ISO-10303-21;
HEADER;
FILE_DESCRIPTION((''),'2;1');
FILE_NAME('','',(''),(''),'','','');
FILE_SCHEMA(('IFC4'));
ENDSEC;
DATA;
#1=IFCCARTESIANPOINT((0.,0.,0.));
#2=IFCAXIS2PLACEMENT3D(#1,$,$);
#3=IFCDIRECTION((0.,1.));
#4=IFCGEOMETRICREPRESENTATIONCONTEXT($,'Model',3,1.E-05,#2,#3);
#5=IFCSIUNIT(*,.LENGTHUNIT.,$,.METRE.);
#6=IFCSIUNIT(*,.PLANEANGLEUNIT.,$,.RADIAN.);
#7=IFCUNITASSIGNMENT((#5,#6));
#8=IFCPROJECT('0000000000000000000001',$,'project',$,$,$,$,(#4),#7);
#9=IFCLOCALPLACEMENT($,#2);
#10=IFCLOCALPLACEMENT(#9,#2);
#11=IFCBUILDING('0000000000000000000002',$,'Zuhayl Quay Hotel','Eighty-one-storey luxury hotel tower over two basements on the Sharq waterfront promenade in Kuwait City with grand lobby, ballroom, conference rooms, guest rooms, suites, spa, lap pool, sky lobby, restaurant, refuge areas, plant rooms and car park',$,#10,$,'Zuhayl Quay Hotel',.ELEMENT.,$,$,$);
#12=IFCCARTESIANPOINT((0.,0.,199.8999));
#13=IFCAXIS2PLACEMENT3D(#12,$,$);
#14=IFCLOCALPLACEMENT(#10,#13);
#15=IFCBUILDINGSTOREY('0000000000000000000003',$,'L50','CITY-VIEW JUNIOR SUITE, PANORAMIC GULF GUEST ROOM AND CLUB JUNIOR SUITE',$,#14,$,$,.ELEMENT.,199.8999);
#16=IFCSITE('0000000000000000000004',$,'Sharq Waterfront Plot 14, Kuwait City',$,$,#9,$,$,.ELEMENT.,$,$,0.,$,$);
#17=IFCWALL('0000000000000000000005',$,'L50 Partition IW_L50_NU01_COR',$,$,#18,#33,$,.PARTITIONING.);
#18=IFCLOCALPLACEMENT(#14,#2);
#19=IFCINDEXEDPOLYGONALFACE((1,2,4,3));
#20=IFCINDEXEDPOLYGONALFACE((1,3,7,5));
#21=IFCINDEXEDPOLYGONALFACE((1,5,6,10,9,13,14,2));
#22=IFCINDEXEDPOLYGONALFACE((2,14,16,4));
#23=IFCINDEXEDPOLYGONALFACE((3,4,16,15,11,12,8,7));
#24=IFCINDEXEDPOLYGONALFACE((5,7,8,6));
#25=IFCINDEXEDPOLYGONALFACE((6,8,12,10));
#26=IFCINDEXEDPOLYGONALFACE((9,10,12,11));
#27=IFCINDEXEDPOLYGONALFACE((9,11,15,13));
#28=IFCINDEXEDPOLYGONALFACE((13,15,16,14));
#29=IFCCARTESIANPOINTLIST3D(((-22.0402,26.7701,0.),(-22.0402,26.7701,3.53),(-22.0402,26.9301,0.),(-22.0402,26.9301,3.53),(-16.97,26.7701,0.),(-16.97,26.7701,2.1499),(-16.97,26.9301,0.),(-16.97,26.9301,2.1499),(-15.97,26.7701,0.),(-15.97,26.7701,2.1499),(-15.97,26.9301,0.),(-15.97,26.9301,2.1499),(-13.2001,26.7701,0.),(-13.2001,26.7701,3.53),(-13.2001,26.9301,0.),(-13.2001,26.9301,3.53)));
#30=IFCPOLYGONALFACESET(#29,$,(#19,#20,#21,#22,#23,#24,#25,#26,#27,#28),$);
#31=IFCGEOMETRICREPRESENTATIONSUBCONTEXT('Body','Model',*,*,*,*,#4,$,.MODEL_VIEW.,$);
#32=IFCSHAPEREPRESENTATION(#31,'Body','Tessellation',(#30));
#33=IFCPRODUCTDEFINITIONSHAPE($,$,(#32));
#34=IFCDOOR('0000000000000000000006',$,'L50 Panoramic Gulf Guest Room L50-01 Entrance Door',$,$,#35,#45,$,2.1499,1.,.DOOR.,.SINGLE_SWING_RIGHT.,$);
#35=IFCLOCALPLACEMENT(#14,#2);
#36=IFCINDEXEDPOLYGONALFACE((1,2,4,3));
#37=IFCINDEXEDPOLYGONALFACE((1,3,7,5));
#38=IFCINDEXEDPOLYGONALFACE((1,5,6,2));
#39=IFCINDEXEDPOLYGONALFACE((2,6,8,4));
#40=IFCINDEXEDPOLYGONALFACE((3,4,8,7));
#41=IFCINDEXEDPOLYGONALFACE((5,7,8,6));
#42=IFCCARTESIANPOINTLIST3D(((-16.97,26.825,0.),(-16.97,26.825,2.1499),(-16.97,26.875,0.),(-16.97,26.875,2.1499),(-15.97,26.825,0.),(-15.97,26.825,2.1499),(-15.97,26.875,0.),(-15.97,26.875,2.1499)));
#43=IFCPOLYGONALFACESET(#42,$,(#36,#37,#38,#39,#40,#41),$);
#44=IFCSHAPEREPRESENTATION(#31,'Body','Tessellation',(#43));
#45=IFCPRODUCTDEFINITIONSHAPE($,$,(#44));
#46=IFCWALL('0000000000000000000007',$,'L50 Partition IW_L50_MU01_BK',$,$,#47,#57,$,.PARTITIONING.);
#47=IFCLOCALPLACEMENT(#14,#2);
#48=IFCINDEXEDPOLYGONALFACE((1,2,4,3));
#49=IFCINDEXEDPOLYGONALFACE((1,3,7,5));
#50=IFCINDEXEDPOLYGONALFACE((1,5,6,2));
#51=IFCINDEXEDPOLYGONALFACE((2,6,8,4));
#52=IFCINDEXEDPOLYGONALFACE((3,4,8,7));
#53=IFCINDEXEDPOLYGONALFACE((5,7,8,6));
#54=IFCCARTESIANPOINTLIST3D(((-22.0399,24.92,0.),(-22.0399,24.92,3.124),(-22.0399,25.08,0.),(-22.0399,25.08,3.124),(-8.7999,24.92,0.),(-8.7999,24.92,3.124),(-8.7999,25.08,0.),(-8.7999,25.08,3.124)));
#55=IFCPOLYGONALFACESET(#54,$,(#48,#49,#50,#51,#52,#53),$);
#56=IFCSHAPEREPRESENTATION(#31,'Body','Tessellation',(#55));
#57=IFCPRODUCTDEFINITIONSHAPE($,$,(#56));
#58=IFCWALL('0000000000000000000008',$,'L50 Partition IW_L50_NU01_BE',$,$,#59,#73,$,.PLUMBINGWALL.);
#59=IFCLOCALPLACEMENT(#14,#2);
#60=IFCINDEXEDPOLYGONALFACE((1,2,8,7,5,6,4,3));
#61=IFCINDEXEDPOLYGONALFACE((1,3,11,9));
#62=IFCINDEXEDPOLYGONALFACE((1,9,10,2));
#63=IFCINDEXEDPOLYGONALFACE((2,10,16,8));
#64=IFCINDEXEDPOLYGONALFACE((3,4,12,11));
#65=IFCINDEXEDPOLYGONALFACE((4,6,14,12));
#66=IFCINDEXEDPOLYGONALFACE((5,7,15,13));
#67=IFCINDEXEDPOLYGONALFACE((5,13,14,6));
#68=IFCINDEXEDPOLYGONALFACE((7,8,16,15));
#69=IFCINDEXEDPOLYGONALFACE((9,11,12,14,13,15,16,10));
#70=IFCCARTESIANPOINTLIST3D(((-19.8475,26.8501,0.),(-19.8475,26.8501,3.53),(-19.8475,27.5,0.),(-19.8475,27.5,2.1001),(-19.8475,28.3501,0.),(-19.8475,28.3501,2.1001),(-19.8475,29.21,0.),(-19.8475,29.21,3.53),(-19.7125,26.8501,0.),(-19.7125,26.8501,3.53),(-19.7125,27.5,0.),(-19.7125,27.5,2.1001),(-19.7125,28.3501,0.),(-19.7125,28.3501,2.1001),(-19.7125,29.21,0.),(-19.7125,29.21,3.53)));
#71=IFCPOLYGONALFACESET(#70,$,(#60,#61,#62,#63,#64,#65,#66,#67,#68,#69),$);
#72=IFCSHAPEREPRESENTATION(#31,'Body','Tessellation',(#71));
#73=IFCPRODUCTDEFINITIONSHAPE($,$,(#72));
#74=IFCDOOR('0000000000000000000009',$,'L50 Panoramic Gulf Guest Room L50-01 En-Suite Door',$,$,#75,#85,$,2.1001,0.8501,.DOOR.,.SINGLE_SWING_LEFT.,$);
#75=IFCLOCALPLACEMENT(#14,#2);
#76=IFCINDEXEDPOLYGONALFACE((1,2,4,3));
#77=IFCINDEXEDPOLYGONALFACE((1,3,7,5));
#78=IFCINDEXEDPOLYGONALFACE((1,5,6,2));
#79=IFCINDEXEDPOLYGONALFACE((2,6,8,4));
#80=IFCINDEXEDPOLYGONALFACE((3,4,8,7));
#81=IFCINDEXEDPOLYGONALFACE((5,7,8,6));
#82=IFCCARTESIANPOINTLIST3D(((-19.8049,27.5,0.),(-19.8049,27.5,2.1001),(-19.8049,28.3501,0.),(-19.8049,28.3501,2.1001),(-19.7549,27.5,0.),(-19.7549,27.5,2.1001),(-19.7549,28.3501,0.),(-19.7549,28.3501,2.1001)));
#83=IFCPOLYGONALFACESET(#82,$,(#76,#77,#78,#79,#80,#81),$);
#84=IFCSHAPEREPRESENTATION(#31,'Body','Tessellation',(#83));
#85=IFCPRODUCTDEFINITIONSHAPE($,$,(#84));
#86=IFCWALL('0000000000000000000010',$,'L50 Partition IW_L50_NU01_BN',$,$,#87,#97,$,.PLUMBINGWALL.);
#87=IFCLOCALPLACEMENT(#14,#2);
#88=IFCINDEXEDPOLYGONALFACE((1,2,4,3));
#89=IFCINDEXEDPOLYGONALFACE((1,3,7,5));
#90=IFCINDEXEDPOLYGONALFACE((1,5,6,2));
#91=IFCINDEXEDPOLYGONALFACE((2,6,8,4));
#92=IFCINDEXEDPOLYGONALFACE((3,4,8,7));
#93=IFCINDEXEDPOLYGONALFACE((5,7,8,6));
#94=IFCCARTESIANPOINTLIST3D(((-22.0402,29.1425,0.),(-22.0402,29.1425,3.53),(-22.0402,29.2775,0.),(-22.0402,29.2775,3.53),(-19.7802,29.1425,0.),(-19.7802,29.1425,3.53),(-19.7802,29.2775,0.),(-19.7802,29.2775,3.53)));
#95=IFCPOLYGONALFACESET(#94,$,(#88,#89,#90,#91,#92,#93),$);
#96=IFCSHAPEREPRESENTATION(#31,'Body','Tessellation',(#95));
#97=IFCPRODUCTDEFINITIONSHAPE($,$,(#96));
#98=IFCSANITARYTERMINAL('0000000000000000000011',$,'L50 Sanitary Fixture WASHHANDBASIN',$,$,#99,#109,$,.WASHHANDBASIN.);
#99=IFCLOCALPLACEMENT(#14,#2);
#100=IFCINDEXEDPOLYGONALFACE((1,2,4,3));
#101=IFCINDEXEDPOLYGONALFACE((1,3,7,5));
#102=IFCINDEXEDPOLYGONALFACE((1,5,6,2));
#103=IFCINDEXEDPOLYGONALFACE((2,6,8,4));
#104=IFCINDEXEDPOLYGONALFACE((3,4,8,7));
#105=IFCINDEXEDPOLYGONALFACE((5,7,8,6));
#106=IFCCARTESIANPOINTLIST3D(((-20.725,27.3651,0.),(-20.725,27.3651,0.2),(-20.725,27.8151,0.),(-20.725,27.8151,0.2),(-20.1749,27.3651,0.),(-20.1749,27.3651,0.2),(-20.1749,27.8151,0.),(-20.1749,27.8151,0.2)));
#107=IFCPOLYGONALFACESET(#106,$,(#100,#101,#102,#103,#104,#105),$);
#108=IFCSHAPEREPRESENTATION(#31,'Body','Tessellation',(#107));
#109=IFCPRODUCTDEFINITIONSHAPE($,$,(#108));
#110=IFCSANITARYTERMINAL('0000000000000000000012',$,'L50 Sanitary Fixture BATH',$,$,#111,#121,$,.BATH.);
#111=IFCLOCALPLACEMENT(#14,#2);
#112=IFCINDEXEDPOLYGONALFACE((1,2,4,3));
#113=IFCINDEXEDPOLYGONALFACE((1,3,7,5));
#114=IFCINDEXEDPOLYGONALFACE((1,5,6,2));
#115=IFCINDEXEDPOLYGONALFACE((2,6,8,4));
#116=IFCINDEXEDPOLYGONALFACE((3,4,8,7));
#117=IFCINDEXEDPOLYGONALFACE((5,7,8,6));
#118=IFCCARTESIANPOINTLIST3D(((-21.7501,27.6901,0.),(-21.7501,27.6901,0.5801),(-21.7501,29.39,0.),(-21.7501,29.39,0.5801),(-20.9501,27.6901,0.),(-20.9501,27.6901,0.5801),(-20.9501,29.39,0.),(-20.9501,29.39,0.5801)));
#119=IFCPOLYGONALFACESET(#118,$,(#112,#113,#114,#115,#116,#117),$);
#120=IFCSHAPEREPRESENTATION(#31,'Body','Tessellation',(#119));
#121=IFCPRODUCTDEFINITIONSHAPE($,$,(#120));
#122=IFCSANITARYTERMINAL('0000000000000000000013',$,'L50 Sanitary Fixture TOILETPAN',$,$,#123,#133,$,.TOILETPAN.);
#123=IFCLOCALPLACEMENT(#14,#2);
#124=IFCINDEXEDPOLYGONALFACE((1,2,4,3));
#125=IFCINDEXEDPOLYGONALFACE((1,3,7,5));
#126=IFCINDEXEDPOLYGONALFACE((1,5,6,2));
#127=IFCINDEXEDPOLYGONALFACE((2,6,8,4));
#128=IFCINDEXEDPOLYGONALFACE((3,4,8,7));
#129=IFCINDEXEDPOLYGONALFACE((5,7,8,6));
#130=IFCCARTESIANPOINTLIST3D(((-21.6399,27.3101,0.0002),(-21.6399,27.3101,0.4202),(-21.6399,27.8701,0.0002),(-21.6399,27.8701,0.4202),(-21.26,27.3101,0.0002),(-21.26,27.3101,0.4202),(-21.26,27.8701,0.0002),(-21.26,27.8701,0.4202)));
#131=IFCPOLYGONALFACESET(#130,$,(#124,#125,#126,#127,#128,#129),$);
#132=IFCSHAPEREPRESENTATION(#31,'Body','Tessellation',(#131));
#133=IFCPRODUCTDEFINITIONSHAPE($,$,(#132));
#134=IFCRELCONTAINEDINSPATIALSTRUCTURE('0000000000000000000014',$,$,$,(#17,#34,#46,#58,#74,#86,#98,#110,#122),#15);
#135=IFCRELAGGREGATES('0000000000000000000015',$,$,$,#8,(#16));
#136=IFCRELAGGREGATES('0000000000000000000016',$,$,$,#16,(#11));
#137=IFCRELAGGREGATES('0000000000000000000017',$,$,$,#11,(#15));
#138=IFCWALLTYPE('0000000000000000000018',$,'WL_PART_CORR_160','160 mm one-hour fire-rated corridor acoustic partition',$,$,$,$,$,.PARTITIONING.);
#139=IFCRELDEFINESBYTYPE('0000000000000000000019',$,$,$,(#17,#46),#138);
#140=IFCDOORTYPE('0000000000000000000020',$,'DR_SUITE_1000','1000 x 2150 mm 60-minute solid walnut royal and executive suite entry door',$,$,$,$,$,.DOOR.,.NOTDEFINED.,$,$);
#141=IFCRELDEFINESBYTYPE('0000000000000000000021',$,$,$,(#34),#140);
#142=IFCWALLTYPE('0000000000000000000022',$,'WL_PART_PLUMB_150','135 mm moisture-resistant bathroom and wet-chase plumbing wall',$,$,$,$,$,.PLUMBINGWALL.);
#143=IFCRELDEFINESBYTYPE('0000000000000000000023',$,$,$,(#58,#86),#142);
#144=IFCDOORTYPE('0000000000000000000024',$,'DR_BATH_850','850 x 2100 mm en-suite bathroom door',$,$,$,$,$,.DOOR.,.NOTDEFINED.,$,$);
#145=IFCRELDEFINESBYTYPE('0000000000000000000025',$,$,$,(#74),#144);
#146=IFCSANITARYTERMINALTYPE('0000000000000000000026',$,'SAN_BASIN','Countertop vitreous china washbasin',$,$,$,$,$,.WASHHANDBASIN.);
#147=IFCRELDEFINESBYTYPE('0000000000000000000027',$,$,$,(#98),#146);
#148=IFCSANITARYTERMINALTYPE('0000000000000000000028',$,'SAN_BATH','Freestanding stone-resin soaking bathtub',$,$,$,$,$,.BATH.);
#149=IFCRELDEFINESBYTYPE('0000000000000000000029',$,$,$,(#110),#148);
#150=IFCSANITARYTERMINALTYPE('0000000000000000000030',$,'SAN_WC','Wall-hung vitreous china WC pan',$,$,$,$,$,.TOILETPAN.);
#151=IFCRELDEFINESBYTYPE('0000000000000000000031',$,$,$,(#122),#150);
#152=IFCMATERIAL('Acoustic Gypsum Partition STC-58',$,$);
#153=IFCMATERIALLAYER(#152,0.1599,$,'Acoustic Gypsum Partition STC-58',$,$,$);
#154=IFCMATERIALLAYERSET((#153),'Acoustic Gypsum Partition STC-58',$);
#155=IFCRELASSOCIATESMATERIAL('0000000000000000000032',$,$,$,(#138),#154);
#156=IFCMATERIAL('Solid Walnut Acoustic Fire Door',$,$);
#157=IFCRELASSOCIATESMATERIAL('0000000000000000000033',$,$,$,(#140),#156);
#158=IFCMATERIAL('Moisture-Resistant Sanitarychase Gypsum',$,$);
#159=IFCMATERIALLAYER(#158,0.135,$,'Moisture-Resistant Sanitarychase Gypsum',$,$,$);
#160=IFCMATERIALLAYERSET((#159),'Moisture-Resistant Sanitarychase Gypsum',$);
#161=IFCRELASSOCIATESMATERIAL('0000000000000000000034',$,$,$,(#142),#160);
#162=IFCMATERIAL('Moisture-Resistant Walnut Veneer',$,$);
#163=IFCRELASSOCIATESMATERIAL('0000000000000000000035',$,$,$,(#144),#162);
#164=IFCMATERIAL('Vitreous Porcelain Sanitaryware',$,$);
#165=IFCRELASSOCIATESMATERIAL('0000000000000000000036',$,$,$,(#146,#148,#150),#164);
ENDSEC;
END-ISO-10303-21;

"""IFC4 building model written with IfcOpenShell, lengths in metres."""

from ifc_helpers import new_model, si_unit, direction, frame, frame_2d, origin, origin_2d, place, context, subcontext, project, spatial, rectangle, extrude, material, layer, layer_set, type_object, element, fill, save


model = new_model("IFC4")

# Units and contexts
model_context = context("Model", 3, precision=1e-05, world=origin(), true_north=direction((0.0, 1.0)))
body_context = subcontext(model_context, "Body", "Model", "MODEL_VIEW")
ifc_project = project(units=[si_unit("LENGTHUNIT", "METRE"), si_unit("PLANEANGLEUNIT", "RADIAN")], contexts=[model_context])

# Site, building, storey
site_placement = place(None, origin())
site = spatial("IfcSite", under=ifc_project, at=site_placement, Name="Sharq Waterfront Plot 14, Kuwait City", CompositionType="ELEMENT", RefElevation=0.0)
building_placement = place(site_placement, origin())
building = spatial("IfcBuilding", under=site, at=building_placement, Name="Zuhayl Quay Hotel", Description="Eighty-one-storey luxury hotel tower over two basements on the Sharq waterfront promenade in Kuwait City with grand lobby, ballroom, conference rooms, guest rooms, suites, spa, lap pool, sky lobby, restaurant, refuge areas, plant rooms and car park", LongName="Zuhayl Quay Hotel", CompositionType="ELEMENT")
storey_placement = place(building_placement, frame((0.0, 0.0, 199.8999)))
storey = spatial("IfcBuildingStorey", under=building, at=storey_placement, Name="L50", Description="CITY-VIEW JUNIOR SUITE, PANORAMIC GULF GUEST ROOM AND CLUB JUNIOR SUITE", CompositionType="ELEMENT", Elevation=199.8999)

# Wall, opening, door
ifc_material_1 = material(Name="Acoustic Gypsum Partition STC-58")
ifc_layer_1 = layer(ifc_material_1, 0.1599, Name="Acoustic Gypsum Partition STC-58")
ifc_layer_set_1 = layer_set([ifc_layer_1], Name="Acoustic Gypsum Partition STC-58")
wall_type_1 = type_object("IfcWallType", Name="WL_PART_CORR_160", Description="160 mm one-hour fire-rated corridor acoustic partition", PredefinedType="PARTITIONING", material=ifc_layer_set_1)
wall_1_placement = place(storey_placement, frame((-22.04, 26.8501, 0.0), z_axis=(0.0, 0.0, 1.0), x_axis=(1.0, 0.0, 0.0)))
wall_1 = element("IfcWall", 1, at=wall_1_placement, inside=storey, type_object=wall_type_1, Name="L50 Partition IW_L50_NU01_COR", PredefinedType="PARTITIONING", context=body_context, shape_type="SweptSolid", body=[
    extrude(rectangle(XDim=8.8401, YDim=0.1599, at=frame_2d((4.4199, 0.0))), origin(), (0.0, 0.0, 1.0), 3.53),
])
opening_1_placement = place(wall_1_placement, frame((5.0701, 0.0, 0.0)))
opening_1 = element("IfcOpeningElement", 2, at=opening_1_placement, cuts=wall_1, PredefinedType="OPENING", context=body_context, shape_type="SweptSolid", body=[
    extrude(rectangle(XDim=1.0, YDim=2.1499, at=frame_2d((0.5, 1.075))), frame((0.0, 0.0898, 0.0), z_axis=(0.0, -1.0, 0.0), x_axis=(1.0, 0.0, 0.0)), (0.0, 0.0, 1.0), 0.1799),
])
ifc_material_2 = material(Name="Solid Walnut Acoustic Fire Door")
door_type_1 = type_object("IfcDoorType", Name="DR_SUITE_1000", Description="1000 x 2150 mm 60-minute solid walnut royal and executive suite entry door", OperationType="NOTDEFINED", PredefinedType="DOOR", material=ifc_material_2)
door_1_placement = place(opening_1_placement, origin())
door_1 = element("IfcDoor", 3, at=door_1_placement, inside=storey, type_object=door_type_1, Name="L50 Panoramic Gulf Guest Room L50-01 Entrance Door", OperationType="SINGLE_SWING_RIGHT", OverallHeight=2.1499, OverallWidth=1.0, PredefinedType="DOOR", context=body_context, shape_type="SweptSolid", body=[
    extrude(rectangle(XDim=1.0, YDim=2.1499, at=frame_2d((0.5, 1.075))), frame((0.0, 0.0249, 0.0), z_axis=(0.0, -1.0, 0.0), x_axis=(1.0, 0.0, 0.0)), (0.0, 0.0, 1.0), 0.05),
])
fill(opening_1, door_1)

# Wall
wall_2_placement = place(storey_placement, frame((-22.04, 25.0, 0.0), z_axis=(0.0, 0.0, 1.0), x_axis=(1.0, 0.0, 0.0)))
element("IfcWall", 4, at=wall_2_placement, inside=storey, type_object=wall_type_1, Name="L50 Partition IW_L50_MU01_BK", PredefinedType="PARTITIONING", context=body_context, shape_type="SweptSolid", body=[
    extrude(rectangle(XDim=13.24, YDim=0.1599, at=frame_2d((6.6201, 0.0))), origin(), (0.0, 0.0, 1.0), 3.124),
])

# Wall, opening, door
ifc_material_3 = material(Name="Moisture-Resistant Sanitarychase Gypsum")
ifc_layer_2 = layer(ifc_material_3, 0.135, Name="Moisture-Resistant Sanitarychase Gypsum")
ifc_layer_set_2 = layer_set([ifc_layer_2], Name="Moisture-Resistant Sanitarychase Gypsum")
wall_type_2 = type_object("IfcWallType", Name="WL_PART_PLUMB_150", Description="135 mm moisture-resistant bathroom and wet-chase plumbing wall", PredefinedType="PLUMBINGWALL", material=ifc_layer_set_2)
wall_3_placement = place(storey_placement, frame((-19.78, 26.8501, 0.0), z_axis=(0.0, 0.0, 1.0), x_axis=(0.0, 1.0, 0.0)))
wall_3 = element("IfcWall", 5, at=wall_3_placement, inside=storey, type_object=wall_type_2, Name="L50 Partition IW_L50_NU01_BE", PredefinedType="PLUMBINGWALL", context=body_context, shape_type="SweptSolid", body=[
    extrude(rectangle(XDim=2.3599, YDim=0.135, at=frame_2d((1.1799, 0.0))), origin(), (0.0, 0.0, 1.0), 3.53),
])
opening_2_placement = place(wall_3_placement, frame((0.6499, 0.0, 0.0)))
opening_2 = element("IfcOpeningElement", 6, at=opening_2_placement, cuts=wall_3, PredefinedType="OPENING", context=body_context, shape_type="SweptSolid", body=[
    extrude(rectangle(XDim=0.8501, YDim=2.1001, at=frame_2d((0.425, 1.05))), frame((0.0, 0.0774, 0.0), z_axis=(0.0, -1.0, 0.0), x_axis=(1.0, 0.0, 0.0)), (0.0, 0.0, 1.0), 0.155),
])
ifc_material_4 = material(Name="Moisture-Resistant Walnut Veneer")
door_type_2 = type_object("IfcDoorType", Name="DR_BATH_850", Description="850 x 2100 mm en-suite bathroom door", OperationType="NOTDEFINED", PredefinedType="DOOR", material=ifc_material_4)
door_2_placement = place(opening_2_placement, origin())
door_2 = element("IfcDoor", 7, at=door_2_placement, inside=storey, type_object=door_type_2, Name="L50 Panoramic Gulf Guest Room L50-01 En-Suite Door", OperationType="SINGLE_SWING_LEFT", OverallHeight=2.1001, OverallWidth=0.8501, PredefinedType="DOOR", context=body_context, shape_type="SweptSolid", body=[
    extrude(rectangle(XDim=0.8501, YDim=2.1001, at=frame_2d((0.425, 1.05))), frame((0.0, 0.0249, 0.0), z_axis=(0.0, -1.0, 0.0), x_axis=(1.0, 0.0, 0.0)), (0.0, 0.0, 1.0), 0.05),
])
fill(opening_2, door_2)

# Wall
wall_4_placement = place(storey_placement, frame((-22.04, 29.21, 0.0), z_axis=(0.0, 0.0, 1.0), x_axis=(1.0, 0.0, 0.0)))
element("IfcWall", 8, at=wall_4_placement, inside=storey, type_object=wall_type_2, Name="L50 Partition IW_L50_NU01_BN", PredefinedType="PLUMBINGWALL", context=body_context, shape_type="SweptSolid", body=[
    extrude(rectangle(XDim=2.26, YDim=0.135, at=frame_2d((1.1299, 0.0))), origin(), (0.0, 0.0, 1.0), 3.53),
])

# Sanitary terminals
ifc_material_5 = material(Name="Vitreous Porcelain Sanitaryware")
sanitary_terminal_type_1 = type_object("IfcSanitaryTerminalType", Name="SAN_BASIN", Description="Countertop vitreous china washbasin", PredefinedType="WASHHANDBASIN", material=ifc_material_5)
sanitary_terminal_1_placement = place(storey_placement, frame((-20.45, 27.5901, 0.0), z_axis=(0.0, 0.0, 1.0), x_axis=(1.0, 0.0, 0.0)))
element("IfcSanitaryTerminal", 9, at=sanitary_terminal_1_placement, inside=storey, type_object=sanitary_terminal_type_1, Name="L50 Sanitary Fixture WASHHANDBASIN", PredefinedType="WASHHANDBASIN", context=body_context, shape_type="SweptSolid", body=[
    extrude(rectangle(XDim=0.55, YDim=0.45, at=origin_2d()), origin(), (0.0, 0.0, 1.0), 0.2),
])
sanitary_terminal_type_2 = type_object("IfcSanitaryTerminalType", Name="SAN_BATH", Description="Freestanding stone-resin soaking bathtub", PredefinedType="BATH", material=ifc_material_5)
sanitary_terminal_2_placement = place(storey_placement, frame((-21.3501, 28.54, 0.0), z_axis=(0.0, 0.0, 1.0), x_axis=(1.0, 0.0, 0.0)))
element("IfcSanitaryTerminal", 10, at=sanitary_terminal_2_placement, inside=storey, type_object=sanitary_terminal_type_2, Name="L50 Sanitary Fixture BATH", PredefinedType="BATH", context=body_context, shape_type="SweptSolid", body=[
    extrude(rectangle(XDim=0.8, YDim=1.7, at=origin_2d()), origin(), (0.0, 0.0, 1.0), 0.5801),
])
sanitary_terminal_type_3 = type_object("IfcSanitaryTerminalType", Name="SAN_WC", Description="Wall-hung vitreous china WC pan", PredefinedType="TOILETPAN", material=ifc_material_5)
sanitary_terminal_3_placement = place(storey_placement, frame((-21.45, 27.5901, 0.0002), z_axis=(0.0, 0.0, 1.0), x_axis=(1.0, 0.0, 0.0)))
element("IfcSanitaryTerminal", 11, at=sanitary_terminal_3_placement, inside=storey, type_object=sanitary_terminal_type_3, Name="L50 Sanitary Fixture TOILETPAN", PredefinedType="TOILETPAN", context=body_context, shape_type="SweptSolid", body=[
    extrude(rectangle(XDim=0.3799, YDim=0.5601, at=origin_2d()), origin(), (0.0, 0.0, 1.0), 0.4199),
])

save(model, "model.ifc")
